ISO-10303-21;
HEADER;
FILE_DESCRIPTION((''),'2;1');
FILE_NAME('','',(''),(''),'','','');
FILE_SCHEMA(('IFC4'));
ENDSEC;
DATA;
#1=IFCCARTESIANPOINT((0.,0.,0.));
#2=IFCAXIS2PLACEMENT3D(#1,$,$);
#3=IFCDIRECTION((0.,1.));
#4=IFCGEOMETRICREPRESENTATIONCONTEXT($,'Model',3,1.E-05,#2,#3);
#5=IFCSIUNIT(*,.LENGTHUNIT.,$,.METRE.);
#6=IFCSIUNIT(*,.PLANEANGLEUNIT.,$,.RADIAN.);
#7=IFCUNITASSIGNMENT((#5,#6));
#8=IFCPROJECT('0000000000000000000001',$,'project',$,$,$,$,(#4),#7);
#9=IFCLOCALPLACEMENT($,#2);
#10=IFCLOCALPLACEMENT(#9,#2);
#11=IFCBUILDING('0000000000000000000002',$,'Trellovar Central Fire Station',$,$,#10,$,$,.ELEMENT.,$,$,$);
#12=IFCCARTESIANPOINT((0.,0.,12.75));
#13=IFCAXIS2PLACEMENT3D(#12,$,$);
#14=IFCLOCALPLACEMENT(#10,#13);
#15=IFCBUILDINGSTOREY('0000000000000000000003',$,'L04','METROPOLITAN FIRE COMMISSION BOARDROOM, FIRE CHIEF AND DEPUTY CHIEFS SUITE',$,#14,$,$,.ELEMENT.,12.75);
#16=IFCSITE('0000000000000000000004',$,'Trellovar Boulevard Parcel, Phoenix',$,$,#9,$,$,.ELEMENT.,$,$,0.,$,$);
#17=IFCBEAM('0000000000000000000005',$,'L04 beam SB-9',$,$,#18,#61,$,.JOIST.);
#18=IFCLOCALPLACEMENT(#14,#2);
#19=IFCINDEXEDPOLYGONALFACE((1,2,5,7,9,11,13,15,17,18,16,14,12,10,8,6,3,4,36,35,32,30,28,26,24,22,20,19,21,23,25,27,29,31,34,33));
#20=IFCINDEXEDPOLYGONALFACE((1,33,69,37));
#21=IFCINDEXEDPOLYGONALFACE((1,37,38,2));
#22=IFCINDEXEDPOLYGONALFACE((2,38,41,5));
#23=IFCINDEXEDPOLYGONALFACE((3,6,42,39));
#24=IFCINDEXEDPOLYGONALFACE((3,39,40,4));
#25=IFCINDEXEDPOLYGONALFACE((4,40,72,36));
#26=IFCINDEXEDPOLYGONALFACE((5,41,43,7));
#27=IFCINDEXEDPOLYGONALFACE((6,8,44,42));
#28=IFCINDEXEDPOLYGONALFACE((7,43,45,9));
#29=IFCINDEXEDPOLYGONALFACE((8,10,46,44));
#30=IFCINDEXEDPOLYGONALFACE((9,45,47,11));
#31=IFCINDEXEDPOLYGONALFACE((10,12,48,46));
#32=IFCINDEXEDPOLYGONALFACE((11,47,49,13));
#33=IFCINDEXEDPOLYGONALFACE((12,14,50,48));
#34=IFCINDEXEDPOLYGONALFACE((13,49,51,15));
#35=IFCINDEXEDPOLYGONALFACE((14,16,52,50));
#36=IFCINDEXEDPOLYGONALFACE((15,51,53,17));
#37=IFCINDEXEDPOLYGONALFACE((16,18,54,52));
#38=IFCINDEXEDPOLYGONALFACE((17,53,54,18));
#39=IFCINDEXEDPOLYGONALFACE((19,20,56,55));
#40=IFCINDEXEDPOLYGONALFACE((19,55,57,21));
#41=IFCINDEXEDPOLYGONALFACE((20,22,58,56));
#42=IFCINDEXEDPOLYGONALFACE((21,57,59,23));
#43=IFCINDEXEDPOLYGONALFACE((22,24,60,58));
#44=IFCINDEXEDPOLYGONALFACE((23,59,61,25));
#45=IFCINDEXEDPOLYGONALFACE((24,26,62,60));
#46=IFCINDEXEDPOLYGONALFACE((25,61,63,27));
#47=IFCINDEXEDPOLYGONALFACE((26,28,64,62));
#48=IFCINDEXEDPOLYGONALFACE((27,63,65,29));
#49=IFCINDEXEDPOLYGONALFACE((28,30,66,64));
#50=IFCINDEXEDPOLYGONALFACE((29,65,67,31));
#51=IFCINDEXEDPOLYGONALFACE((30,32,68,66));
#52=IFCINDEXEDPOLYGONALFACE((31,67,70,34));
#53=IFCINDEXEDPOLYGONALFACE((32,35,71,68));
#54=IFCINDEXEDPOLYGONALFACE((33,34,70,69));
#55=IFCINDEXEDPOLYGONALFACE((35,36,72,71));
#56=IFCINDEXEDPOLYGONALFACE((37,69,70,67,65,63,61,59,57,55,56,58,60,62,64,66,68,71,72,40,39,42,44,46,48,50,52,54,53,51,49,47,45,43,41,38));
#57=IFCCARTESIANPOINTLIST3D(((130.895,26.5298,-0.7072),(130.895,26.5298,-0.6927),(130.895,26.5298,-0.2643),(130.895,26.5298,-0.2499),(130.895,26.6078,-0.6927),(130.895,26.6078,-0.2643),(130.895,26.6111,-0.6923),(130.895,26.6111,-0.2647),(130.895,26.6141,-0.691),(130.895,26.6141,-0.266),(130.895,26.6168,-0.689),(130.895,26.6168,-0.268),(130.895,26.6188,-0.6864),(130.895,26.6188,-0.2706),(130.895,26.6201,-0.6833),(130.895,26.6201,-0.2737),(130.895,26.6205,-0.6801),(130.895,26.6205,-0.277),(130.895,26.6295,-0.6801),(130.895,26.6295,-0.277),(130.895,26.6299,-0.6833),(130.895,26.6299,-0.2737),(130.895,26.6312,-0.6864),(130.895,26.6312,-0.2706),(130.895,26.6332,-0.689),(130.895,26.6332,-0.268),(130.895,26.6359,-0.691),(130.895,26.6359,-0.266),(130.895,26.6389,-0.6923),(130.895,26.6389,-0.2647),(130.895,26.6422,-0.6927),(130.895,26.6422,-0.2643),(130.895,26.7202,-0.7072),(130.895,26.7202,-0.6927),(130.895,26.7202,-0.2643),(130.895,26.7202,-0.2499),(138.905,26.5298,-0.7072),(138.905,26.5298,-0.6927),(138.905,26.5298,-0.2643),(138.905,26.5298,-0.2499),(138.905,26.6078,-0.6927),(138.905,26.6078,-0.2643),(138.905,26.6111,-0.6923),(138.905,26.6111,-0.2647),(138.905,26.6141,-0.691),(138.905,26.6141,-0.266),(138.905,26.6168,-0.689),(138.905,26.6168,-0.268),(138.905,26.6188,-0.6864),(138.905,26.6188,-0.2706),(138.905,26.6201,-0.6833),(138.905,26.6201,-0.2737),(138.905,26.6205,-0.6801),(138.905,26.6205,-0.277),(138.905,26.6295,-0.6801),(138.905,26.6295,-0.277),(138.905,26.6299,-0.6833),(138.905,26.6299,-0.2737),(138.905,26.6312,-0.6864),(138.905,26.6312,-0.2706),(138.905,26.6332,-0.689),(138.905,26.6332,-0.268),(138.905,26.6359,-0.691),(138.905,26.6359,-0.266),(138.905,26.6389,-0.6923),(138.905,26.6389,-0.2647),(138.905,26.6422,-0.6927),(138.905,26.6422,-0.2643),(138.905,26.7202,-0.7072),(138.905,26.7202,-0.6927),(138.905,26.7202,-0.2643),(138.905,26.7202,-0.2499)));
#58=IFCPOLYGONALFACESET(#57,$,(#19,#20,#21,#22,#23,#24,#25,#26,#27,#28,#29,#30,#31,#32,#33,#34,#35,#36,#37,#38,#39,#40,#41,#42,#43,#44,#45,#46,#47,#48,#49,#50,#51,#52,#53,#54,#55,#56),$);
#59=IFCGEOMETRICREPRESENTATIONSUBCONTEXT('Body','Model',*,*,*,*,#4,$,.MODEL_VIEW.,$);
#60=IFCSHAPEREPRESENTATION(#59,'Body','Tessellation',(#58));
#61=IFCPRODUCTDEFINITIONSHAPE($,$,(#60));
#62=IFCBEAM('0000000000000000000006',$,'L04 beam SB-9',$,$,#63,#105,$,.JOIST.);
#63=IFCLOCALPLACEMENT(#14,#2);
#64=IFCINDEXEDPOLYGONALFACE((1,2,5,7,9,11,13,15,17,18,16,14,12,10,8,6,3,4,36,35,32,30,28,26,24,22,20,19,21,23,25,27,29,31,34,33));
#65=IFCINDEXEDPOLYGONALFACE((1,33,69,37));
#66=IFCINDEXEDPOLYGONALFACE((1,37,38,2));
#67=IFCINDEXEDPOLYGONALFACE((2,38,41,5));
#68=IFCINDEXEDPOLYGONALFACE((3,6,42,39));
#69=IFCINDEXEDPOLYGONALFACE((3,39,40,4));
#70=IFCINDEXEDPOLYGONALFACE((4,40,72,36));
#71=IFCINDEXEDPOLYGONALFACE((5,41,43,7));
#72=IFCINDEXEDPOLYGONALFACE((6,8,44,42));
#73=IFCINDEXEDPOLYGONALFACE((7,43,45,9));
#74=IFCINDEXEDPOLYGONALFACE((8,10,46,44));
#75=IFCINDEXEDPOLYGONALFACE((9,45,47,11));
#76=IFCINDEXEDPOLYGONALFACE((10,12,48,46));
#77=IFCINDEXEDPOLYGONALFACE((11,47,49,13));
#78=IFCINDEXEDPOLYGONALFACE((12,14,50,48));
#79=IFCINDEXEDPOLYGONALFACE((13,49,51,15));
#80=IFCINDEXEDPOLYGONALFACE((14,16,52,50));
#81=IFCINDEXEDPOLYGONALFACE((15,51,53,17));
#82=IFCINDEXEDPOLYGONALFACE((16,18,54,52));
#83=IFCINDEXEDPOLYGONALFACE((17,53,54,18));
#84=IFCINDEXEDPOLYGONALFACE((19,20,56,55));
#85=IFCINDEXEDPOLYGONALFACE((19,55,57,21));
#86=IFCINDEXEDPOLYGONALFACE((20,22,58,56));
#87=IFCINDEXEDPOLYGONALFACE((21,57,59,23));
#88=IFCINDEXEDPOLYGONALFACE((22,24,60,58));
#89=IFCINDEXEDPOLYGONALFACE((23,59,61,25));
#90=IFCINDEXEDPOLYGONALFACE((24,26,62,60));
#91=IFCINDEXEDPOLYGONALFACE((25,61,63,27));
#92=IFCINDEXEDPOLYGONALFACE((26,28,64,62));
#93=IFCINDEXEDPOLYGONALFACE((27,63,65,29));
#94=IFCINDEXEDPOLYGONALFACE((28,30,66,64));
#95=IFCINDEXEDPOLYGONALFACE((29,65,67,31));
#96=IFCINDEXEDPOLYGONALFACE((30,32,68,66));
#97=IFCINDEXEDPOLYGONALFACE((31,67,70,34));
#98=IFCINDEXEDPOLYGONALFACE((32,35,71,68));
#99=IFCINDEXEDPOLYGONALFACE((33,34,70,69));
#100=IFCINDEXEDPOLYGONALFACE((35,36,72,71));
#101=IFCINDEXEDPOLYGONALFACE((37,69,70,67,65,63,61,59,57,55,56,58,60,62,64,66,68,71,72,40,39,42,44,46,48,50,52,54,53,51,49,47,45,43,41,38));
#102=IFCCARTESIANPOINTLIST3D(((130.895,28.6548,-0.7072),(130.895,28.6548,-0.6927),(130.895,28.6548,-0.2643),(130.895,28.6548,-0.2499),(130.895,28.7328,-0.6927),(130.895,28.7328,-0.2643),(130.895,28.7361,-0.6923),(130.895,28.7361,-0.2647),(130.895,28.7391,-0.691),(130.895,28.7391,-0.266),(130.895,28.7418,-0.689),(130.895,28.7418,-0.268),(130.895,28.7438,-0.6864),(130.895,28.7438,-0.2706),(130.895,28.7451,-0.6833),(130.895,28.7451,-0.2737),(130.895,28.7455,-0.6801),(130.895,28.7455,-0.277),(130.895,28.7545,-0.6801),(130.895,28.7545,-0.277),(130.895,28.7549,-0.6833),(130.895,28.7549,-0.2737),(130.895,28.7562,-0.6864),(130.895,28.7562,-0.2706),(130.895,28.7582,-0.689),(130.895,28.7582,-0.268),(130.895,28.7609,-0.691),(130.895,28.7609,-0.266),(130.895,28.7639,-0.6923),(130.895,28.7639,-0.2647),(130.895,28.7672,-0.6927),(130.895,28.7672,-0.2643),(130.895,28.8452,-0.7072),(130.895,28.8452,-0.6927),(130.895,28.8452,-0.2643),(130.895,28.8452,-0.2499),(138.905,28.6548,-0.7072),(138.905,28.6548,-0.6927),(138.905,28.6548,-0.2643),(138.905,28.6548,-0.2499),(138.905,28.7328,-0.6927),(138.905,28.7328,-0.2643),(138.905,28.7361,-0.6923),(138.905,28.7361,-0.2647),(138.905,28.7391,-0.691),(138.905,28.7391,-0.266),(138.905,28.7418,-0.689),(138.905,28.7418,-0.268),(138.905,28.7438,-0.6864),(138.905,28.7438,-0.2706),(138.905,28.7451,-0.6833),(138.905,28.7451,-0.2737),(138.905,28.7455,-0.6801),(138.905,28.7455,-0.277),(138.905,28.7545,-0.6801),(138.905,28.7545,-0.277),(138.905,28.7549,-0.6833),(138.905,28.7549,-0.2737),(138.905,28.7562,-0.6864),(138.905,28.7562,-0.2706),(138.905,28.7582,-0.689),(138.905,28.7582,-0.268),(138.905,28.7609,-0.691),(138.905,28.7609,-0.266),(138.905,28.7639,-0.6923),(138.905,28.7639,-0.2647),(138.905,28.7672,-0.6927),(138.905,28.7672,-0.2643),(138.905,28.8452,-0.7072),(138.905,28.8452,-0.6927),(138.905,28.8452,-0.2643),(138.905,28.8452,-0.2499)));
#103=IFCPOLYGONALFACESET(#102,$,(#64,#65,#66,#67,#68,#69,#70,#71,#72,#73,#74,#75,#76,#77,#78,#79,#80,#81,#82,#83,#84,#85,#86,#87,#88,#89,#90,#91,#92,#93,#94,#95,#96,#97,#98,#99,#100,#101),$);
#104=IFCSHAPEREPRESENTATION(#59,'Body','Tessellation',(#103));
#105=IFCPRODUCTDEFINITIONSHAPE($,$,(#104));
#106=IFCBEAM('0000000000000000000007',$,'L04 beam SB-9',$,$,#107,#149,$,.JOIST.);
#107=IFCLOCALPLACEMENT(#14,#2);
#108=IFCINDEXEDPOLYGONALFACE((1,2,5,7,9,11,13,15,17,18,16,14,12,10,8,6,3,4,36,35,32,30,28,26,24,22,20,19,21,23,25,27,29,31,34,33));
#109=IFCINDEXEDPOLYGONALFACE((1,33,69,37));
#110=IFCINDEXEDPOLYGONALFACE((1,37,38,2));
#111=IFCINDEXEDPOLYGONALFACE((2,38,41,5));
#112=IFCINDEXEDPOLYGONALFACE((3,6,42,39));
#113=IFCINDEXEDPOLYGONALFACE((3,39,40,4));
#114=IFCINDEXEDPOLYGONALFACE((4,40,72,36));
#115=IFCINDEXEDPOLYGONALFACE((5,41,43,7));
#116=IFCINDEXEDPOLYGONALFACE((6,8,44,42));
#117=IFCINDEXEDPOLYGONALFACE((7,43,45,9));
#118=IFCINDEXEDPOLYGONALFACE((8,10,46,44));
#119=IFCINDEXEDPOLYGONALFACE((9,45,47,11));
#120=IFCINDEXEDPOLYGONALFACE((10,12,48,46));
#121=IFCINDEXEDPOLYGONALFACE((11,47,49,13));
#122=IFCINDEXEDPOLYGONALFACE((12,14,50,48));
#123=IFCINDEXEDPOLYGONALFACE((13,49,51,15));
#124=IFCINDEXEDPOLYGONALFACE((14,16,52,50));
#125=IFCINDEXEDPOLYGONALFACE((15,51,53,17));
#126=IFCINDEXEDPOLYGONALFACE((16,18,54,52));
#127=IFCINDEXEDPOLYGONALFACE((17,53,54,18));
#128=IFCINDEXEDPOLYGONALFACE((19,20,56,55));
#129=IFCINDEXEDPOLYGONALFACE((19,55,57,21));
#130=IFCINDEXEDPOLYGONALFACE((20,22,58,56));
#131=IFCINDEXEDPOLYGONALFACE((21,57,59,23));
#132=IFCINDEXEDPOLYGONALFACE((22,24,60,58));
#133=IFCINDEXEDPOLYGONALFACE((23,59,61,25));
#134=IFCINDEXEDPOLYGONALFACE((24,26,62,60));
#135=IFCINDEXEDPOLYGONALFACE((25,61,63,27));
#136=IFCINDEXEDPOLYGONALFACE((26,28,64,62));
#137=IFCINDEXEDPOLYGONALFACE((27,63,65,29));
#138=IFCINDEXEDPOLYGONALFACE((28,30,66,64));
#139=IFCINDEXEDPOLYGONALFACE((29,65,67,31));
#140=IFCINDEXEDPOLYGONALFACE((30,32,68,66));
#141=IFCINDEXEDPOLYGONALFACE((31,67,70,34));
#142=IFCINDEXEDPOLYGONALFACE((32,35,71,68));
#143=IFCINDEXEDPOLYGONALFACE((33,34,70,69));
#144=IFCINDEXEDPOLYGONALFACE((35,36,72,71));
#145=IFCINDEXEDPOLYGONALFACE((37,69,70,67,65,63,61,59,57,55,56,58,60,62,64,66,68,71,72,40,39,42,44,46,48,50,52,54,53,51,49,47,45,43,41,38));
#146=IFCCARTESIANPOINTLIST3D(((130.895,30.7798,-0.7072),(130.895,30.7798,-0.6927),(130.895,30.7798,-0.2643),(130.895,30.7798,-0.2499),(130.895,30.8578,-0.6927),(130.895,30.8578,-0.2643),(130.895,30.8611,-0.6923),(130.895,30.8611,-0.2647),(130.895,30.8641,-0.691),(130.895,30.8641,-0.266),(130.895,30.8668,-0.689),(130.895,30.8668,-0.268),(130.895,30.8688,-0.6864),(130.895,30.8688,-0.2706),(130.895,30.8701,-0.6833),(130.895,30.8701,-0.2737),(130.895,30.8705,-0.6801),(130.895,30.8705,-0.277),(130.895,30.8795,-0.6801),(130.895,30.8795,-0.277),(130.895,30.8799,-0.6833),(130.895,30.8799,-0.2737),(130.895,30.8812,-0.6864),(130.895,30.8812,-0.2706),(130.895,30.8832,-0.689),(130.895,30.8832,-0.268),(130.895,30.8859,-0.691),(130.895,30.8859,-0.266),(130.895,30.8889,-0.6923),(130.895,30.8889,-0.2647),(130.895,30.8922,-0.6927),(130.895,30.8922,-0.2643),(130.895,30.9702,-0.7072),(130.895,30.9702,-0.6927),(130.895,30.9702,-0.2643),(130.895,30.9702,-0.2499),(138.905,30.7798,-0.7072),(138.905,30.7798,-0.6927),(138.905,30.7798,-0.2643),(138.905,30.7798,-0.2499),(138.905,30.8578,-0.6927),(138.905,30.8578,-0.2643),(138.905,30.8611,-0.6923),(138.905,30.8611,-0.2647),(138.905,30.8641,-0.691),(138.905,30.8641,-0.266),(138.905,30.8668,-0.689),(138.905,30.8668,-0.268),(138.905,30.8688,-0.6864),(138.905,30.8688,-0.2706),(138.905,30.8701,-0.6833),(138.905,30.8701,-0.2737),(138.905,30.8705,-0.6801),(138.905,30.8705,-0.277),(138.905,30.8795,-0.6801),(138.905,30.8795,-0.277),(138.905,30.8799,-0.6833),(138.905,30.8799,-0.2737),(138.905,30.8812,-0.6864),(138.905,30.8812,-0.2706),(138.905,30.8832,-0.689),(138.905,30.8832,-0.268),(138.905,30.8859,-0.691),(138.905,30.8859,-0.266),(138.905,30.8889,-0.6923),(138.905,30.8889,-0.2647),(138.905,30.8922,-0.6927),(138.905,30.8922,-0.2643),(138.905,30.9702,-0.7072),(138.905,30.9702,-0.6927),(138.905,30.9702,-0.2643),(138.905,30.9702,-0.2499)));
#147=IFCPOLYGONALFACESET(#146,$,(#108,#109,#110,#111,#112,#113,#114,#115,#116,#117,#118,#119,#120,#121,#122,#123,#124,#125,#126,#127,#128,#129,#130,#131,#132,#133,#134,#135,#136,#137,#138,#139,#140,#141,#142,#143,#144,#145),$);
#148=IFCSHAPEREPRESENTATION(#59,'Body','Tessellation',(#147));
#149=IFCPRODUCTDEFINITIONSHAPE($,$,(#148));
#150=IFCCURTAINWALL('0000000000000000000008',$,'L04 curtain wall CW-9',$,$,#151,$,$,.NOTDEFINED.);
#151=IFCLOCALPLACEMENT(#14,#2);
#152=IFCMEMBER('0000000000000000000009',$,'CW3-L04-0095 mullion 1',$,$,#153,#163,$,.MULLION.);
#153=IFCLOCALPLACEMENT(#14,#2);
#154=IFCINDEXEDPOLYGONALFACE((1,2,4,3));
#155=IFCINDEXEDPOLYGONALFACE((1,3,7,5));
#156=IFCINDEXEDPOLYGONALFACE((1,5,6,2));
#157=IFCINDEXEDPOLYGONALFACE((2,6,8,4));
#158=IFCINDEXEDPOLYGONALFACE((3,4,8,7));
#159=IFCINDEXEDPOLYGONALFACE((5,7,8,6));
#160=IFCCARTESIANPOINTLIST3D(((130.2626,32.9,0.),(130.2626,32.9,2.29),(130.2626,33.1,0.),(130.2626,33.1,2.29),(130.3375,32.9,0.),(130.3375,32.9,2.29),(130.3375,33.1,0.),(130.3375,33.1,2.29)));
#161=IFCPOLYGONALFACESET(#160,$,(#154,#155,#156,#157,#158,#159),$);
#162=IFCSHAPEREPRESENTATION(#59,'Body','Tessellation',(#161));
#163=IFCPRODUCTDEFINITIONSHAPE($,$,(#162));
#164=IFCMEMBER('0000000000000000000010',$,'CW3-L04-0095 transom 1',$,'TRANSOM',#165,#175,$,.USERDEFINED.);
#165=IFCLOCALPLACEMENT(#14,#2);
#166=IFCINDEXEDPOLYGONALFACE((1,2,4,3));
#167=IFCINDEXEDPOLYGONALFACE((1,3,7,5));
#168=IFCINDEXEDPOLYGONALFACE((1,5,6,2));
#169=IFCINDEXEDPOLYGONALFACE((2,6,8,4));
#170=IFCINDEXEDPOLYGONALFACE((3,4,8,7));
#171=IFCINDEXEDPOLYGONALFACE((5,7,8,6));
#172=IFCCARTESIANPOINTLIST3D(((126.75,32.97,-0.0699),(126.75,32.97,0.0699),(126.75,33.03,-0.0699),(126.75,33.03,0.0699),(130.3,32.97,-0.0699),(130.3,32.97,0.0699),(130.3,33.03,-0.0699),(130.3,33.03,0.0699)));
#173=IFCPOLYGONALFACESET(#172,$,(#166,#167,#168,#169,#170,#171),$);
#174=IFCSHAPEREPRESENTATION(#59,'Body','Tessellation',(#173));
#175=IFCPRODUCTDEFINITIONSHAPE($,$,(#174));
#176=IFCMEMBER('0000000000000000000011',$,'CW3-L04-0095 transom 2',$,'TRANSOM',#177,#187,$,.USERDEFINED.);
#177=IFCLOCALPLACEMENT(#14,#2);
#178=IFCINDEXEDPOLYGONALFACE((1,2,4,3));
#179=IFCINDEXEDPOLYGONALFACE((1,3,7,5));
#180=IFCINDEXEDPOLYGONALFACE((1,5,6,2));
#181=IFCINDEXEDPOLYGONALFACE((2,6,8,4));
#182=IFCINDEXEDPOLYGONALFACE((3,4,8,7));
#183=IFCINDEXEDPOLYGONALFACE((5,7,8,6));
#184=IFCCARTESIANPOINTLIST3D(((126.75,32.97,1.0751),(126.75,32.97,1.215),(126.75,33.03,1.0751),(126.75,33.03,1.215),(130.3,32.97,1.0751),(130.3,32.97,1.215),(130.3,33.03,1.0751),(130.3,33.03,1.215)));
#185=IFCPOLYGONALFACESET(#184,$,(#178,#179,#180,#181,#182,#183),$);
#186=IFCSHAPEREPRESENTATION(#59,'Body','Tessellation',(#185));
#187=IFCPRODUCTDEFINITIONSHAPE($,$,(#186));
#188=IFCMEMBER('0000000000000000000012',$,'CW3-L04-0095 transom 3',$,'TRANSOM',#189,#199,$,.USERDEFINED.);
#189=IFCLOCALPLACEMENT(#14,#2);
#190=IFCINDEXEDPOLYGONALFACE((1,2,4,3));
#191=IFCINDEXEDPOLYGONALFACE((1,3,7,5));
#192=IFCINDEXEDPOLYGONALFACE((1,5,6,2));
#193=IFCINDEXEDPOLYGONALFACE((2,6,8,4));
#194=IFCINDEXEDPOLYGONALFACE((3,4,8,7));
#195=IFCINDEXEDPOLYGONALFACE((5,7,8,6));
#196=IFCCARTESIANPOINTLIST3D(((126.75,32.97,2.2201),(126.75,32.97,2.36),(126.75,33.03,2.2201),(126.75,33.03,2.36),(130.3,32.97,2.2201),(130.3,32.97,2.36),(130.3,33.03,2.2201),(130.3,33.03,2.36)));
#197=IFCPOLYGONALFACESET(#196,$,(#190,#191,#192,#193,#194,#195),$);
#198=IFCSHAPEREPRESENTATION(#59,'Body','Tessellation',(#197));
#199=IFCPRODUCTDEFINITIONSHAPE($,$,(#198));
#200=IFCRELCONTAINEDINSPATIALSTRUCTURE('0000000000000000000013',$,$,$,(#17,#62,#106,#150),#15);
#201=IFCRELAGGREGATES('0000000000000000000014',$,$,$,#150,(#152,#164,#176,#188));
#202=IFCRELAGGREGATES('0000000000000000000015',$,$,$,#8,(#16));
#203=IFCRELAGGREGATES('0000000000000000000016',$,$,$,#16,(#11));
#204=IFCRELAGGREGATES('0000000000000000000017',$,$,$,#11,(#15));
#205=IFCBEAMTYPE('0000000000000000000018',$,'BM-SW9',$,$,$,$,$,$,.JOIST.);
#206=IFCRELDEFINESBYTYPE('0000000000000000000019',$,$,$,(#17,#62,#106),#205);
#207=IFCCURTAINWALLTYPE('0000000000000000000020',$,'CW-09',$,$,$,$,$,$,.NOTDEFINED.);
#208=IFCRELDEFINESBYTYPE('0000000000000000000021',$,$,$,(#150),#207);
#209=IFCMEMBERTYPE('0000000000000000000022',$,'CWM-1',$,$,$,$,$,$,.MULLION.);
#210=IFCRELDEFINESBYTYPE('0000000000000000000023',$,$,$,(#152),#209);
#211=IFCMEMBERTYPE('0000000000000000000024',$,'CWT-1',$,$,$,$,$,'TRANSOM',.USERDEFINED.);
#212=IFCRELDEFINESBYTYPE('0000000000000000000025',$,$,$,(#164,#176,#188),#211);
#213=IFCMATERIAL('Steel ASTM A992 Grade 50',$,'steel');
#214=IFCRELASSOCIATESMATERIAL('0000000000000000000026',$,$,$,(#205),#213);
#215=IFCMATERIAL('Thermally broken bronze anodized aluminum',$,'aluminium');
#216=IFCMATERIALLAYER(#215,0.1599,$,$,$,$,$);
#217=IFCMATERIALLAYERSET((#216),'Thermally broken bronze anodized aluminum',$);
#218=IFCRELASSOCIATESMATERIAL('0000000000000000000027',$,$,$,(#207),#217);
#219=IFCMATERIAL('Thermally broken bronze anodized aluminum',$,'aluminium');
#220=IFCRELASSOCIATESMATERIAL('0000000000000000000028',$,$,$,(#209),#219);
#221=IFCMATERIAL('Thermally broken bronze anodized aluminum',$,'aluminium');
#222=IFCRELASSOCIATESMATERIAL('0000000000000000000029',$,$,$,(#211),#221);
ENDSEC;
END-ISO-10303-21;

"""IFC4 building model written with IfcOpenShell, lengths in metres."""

from ifc_helpers import new_model, si_unit, direction, frame, origin, origin_2d, place, context, subcontext, project, spatial, rectangle, i_section, extrude, material, layer, layer_set, material_profile, profile_set, type_object, element, aggregate, save


model = new_model("IFC4")

# Units and contexts
model_context = context("Model", 3, precision=1e-05, world=origin(), true_north=direction((0.0, 1.0)))
body_context = subcontext(model_context, "Body", "Model", "MODEL_VIEW")
ifc_project = project(units=[si_unit("LENGTHUNIT", "METRE"), si_unit("PLANEANGLEUNIT", "RADIAN")], contexts=[model_context])

# Site, building, storey
site_placement = place(None, origin())
site = spatial("IfcSite", under=ifc_project, at=site_placement, Name="Trellovar Boulevard Parcel, Phoenix", CompositionType="ELEMENT", RefElevation=0.0)
building_placement = place(site_placement, origin())
building = spatial("IfcBuilding", under=site, at=building_placement, Name="Trellovar Central Fire Station", CompositionType="ELEMENT")
storey_placement = place(building_placement, frame((0.0, 0.0, 12.75)))
storey = spatial("IfcBuildingStorey", under=building, at=storey_placement, Name="L04", Description="METROPOLITAN FIRE COMMISSION BOARDROOM, FIRE CHIEF AND DEPUTY CHIEFS SUITE", CompositionType="ELEMENT", Elevation=12.75)

# Beams
ifc_material_1 = material(Name="Steel ASTM A992 Grade 50", Category="steel")
ifc_material_profile_1 = material_profile(ifc_material_1, i_section(OverallWidth=0.1904, OverallDepth=0.4573, WebThickness=0.009, FlangeThickness=0.0144, FilletRadius=0.0127, at=origin_2d()), Name="W18X50")
ifc_profile_set_1 = profile_set([ifc_material_profile_1], Name="Steel ASTM A992 Grade 50")
beam_type_1 = type_object("IfcBeamType", Name="BM-SW9", PredefinedType="JOIST", material=ifc_profile_set_1)
for number, where, z_axis, x_axis, name in (
    (1, (130.895, 26.625, -0.4785), (1.0, 0.0, 0.0), (0.0, 1.0, 0.0), "L04 beam SB-9"),
    (2, (130.895, 28.75, -0.4785), (1.0, 0.0, 0.0), (0.0, 1.0, 0.0), "L04 beam SB-9"),
    (3, (130.895, 30.875, -0.4785), (1.0, 0.0, 0.0), (0.0, 1.0, 0.0), "L04 beam SB-9"),
):
    element("IfcBeam", number, at=place(storey_placement, frame(where, z_axis=z_axis, x_axis=x_axis)), inside=storey, type_object=beam_type_1, Name=name, PredefinedType="JOIST", context=body_context, shape_type="SweptSolid", body=[
        extrude(i_section(OverallWidth=0.1904, OverallDepth=0.4573, WebThickness=0.009, FlangeThickness=0.0144, FilletRadius=0.0127, at=origin_2d()), origin(), (0.0, 0.0, 1.0), 8.01),
    ])

# Curtain wall, members
ifc_material_2 = material(Name="Thermally broken bronze anodized aluminum", Category="aluminium")
ifc_layer_1 = layer(ifc_material_2, 0.1599)
ifc_layer_set_1 = layer_set([ifc_layer_1], Name="Thermally broken bronze anodized aluminum")
curtain_wall_type = type_object("IfcCurtainWallType", Name="CW-09", PredefinedType="NOTDEFINED", material=ifc_layer_set_1)
curtain_wall_placement = place(storey_placement, origin())
curtain_wall = element("IfcCurtainWall", 4, at=curtain_wall_placement, inside=storey, type_object=curtain_wall_type, Name="L04 curtain wall CW-9", PredefinedType="NOTDEFINED")
ifc_material_3 = material(Name="Thermally broken bronze anodized aluminum", Category="aluminium")
ifc_material_profile_2 = material_profile(ifc_material_3, rectangle(XDim=0.075, YDim=0.2, at=origin_2d()), Name="ALU75X200")
ifc_profile_set_2 = profile_set([ifc_material_profile_2], Name="Thermally broken bronze anodized aluminum")
member_type_1 = type_object("IfcMemberType", Name="CWM-1", PredefinedType="MULLION", material=ifc_profile_set_2)
member_1_placement = place(storey_placement, frame((130.3, 33.0, 0.0), z_axis=(0.0, 0.0, 1.0), x_axis=(1.0, 0.0, 0.0)))
member_1 = element("IfcMember", 5, at=member_1_placement, type_object=member_type_1, Name="CW3-L04-0095 mullion 1", PredefinedType="MULLION", context=body_context, shape_type="SweptSolid", body=[
    extrude(rectangle(XDim=0.075, YDim=0.2, at=origin_2d()), origin(), (0.0, 0.0, 1.0), 2.29),
])
ifc_material_4 = material(Name="Thermally broken bronze anodized aluminum", Category="aluminium")
ifc_material_profile_3 = material_profile(ifc_material_4, rectangle(XDim=0.0601, YDim=0.1399, at=origin_2d()), Name="ALU60X140")
ifc_profile_set_3 = profile_set([ifc_material_profile_3], Name="Thermally broken bronze anodized aluminum")
member_type_2 = type_object("IfcMemberType", Name="CWT-1", ElementType="TRANSOM", PredefinedType="USERDEFINED", material=ifc_profile_set_3)
member_2_placement = place(storey_placement, frame((130.3, 33.0, 0.0), z_axis=(-1.0, 0.0, 0.0), x_axis=(0.0, -1.0, 0.0)))
member_2 = element("IfcMember", 6, at=member_2_placement, type_object=member_type_2, Name="CW3-L04-0095 transom 1", ObjectType="TRANSOM", PredefinedType="USERDEFINED", context=body_context, shape_type="SweptSolid", body=[
    extrude(rectangle(XDim=0.0601, YDim=0.1399, at=origin_2d()), origin(), (0.0, 0.0, 1.0), 3.55),
])
member_3_placement = place(storey_placement, frame((130.3, 33.0, 1.145), z_axis=(-1.0, 0.0, 0.0), x_axis=(0.0, -1.0, 0.0)))
member_3 = element("IfcMember", 7, at=member_3_placement, type_object=member_type_2, Name="CW3-L04-0095 transom 2", ObjectType="TRANSOM", PredefinedType="USERDEFINED", context=body_context, shape_type="SweptSolid", body=[
    extrude(rectangle(XDim=0.0601, YDim=0.1399, at=origin_2d()), origin(), (0.0, 0.0, 1.0), 3.55),
])
member_4_placement = place(storey_placement, frame((130.3, 33.0, 2.29), z_axis=(-1.0, 0.0, 0.0), x_axis=(0.0, -1.0, 0.0)))
member_4 = element("IfcMember", 8, at=member_4_placement, type_object=member_type_2, Name="CW3-L04-0095 transom 3", ObjectType="TRANSOM", PredefinedType="USERDEFINED", context=body_context, shape_type="SweptSolid", body=[
    extrude(rectangle(XDim=0.0601, YDim=0.1399, at=origin_2d()), origin(), (0.0, 0.0, 1.0), 3.55),
])
aggregate(curtain_wall, [member_1, member_2, member_3, member_4])

save(model, "model.ifc")
